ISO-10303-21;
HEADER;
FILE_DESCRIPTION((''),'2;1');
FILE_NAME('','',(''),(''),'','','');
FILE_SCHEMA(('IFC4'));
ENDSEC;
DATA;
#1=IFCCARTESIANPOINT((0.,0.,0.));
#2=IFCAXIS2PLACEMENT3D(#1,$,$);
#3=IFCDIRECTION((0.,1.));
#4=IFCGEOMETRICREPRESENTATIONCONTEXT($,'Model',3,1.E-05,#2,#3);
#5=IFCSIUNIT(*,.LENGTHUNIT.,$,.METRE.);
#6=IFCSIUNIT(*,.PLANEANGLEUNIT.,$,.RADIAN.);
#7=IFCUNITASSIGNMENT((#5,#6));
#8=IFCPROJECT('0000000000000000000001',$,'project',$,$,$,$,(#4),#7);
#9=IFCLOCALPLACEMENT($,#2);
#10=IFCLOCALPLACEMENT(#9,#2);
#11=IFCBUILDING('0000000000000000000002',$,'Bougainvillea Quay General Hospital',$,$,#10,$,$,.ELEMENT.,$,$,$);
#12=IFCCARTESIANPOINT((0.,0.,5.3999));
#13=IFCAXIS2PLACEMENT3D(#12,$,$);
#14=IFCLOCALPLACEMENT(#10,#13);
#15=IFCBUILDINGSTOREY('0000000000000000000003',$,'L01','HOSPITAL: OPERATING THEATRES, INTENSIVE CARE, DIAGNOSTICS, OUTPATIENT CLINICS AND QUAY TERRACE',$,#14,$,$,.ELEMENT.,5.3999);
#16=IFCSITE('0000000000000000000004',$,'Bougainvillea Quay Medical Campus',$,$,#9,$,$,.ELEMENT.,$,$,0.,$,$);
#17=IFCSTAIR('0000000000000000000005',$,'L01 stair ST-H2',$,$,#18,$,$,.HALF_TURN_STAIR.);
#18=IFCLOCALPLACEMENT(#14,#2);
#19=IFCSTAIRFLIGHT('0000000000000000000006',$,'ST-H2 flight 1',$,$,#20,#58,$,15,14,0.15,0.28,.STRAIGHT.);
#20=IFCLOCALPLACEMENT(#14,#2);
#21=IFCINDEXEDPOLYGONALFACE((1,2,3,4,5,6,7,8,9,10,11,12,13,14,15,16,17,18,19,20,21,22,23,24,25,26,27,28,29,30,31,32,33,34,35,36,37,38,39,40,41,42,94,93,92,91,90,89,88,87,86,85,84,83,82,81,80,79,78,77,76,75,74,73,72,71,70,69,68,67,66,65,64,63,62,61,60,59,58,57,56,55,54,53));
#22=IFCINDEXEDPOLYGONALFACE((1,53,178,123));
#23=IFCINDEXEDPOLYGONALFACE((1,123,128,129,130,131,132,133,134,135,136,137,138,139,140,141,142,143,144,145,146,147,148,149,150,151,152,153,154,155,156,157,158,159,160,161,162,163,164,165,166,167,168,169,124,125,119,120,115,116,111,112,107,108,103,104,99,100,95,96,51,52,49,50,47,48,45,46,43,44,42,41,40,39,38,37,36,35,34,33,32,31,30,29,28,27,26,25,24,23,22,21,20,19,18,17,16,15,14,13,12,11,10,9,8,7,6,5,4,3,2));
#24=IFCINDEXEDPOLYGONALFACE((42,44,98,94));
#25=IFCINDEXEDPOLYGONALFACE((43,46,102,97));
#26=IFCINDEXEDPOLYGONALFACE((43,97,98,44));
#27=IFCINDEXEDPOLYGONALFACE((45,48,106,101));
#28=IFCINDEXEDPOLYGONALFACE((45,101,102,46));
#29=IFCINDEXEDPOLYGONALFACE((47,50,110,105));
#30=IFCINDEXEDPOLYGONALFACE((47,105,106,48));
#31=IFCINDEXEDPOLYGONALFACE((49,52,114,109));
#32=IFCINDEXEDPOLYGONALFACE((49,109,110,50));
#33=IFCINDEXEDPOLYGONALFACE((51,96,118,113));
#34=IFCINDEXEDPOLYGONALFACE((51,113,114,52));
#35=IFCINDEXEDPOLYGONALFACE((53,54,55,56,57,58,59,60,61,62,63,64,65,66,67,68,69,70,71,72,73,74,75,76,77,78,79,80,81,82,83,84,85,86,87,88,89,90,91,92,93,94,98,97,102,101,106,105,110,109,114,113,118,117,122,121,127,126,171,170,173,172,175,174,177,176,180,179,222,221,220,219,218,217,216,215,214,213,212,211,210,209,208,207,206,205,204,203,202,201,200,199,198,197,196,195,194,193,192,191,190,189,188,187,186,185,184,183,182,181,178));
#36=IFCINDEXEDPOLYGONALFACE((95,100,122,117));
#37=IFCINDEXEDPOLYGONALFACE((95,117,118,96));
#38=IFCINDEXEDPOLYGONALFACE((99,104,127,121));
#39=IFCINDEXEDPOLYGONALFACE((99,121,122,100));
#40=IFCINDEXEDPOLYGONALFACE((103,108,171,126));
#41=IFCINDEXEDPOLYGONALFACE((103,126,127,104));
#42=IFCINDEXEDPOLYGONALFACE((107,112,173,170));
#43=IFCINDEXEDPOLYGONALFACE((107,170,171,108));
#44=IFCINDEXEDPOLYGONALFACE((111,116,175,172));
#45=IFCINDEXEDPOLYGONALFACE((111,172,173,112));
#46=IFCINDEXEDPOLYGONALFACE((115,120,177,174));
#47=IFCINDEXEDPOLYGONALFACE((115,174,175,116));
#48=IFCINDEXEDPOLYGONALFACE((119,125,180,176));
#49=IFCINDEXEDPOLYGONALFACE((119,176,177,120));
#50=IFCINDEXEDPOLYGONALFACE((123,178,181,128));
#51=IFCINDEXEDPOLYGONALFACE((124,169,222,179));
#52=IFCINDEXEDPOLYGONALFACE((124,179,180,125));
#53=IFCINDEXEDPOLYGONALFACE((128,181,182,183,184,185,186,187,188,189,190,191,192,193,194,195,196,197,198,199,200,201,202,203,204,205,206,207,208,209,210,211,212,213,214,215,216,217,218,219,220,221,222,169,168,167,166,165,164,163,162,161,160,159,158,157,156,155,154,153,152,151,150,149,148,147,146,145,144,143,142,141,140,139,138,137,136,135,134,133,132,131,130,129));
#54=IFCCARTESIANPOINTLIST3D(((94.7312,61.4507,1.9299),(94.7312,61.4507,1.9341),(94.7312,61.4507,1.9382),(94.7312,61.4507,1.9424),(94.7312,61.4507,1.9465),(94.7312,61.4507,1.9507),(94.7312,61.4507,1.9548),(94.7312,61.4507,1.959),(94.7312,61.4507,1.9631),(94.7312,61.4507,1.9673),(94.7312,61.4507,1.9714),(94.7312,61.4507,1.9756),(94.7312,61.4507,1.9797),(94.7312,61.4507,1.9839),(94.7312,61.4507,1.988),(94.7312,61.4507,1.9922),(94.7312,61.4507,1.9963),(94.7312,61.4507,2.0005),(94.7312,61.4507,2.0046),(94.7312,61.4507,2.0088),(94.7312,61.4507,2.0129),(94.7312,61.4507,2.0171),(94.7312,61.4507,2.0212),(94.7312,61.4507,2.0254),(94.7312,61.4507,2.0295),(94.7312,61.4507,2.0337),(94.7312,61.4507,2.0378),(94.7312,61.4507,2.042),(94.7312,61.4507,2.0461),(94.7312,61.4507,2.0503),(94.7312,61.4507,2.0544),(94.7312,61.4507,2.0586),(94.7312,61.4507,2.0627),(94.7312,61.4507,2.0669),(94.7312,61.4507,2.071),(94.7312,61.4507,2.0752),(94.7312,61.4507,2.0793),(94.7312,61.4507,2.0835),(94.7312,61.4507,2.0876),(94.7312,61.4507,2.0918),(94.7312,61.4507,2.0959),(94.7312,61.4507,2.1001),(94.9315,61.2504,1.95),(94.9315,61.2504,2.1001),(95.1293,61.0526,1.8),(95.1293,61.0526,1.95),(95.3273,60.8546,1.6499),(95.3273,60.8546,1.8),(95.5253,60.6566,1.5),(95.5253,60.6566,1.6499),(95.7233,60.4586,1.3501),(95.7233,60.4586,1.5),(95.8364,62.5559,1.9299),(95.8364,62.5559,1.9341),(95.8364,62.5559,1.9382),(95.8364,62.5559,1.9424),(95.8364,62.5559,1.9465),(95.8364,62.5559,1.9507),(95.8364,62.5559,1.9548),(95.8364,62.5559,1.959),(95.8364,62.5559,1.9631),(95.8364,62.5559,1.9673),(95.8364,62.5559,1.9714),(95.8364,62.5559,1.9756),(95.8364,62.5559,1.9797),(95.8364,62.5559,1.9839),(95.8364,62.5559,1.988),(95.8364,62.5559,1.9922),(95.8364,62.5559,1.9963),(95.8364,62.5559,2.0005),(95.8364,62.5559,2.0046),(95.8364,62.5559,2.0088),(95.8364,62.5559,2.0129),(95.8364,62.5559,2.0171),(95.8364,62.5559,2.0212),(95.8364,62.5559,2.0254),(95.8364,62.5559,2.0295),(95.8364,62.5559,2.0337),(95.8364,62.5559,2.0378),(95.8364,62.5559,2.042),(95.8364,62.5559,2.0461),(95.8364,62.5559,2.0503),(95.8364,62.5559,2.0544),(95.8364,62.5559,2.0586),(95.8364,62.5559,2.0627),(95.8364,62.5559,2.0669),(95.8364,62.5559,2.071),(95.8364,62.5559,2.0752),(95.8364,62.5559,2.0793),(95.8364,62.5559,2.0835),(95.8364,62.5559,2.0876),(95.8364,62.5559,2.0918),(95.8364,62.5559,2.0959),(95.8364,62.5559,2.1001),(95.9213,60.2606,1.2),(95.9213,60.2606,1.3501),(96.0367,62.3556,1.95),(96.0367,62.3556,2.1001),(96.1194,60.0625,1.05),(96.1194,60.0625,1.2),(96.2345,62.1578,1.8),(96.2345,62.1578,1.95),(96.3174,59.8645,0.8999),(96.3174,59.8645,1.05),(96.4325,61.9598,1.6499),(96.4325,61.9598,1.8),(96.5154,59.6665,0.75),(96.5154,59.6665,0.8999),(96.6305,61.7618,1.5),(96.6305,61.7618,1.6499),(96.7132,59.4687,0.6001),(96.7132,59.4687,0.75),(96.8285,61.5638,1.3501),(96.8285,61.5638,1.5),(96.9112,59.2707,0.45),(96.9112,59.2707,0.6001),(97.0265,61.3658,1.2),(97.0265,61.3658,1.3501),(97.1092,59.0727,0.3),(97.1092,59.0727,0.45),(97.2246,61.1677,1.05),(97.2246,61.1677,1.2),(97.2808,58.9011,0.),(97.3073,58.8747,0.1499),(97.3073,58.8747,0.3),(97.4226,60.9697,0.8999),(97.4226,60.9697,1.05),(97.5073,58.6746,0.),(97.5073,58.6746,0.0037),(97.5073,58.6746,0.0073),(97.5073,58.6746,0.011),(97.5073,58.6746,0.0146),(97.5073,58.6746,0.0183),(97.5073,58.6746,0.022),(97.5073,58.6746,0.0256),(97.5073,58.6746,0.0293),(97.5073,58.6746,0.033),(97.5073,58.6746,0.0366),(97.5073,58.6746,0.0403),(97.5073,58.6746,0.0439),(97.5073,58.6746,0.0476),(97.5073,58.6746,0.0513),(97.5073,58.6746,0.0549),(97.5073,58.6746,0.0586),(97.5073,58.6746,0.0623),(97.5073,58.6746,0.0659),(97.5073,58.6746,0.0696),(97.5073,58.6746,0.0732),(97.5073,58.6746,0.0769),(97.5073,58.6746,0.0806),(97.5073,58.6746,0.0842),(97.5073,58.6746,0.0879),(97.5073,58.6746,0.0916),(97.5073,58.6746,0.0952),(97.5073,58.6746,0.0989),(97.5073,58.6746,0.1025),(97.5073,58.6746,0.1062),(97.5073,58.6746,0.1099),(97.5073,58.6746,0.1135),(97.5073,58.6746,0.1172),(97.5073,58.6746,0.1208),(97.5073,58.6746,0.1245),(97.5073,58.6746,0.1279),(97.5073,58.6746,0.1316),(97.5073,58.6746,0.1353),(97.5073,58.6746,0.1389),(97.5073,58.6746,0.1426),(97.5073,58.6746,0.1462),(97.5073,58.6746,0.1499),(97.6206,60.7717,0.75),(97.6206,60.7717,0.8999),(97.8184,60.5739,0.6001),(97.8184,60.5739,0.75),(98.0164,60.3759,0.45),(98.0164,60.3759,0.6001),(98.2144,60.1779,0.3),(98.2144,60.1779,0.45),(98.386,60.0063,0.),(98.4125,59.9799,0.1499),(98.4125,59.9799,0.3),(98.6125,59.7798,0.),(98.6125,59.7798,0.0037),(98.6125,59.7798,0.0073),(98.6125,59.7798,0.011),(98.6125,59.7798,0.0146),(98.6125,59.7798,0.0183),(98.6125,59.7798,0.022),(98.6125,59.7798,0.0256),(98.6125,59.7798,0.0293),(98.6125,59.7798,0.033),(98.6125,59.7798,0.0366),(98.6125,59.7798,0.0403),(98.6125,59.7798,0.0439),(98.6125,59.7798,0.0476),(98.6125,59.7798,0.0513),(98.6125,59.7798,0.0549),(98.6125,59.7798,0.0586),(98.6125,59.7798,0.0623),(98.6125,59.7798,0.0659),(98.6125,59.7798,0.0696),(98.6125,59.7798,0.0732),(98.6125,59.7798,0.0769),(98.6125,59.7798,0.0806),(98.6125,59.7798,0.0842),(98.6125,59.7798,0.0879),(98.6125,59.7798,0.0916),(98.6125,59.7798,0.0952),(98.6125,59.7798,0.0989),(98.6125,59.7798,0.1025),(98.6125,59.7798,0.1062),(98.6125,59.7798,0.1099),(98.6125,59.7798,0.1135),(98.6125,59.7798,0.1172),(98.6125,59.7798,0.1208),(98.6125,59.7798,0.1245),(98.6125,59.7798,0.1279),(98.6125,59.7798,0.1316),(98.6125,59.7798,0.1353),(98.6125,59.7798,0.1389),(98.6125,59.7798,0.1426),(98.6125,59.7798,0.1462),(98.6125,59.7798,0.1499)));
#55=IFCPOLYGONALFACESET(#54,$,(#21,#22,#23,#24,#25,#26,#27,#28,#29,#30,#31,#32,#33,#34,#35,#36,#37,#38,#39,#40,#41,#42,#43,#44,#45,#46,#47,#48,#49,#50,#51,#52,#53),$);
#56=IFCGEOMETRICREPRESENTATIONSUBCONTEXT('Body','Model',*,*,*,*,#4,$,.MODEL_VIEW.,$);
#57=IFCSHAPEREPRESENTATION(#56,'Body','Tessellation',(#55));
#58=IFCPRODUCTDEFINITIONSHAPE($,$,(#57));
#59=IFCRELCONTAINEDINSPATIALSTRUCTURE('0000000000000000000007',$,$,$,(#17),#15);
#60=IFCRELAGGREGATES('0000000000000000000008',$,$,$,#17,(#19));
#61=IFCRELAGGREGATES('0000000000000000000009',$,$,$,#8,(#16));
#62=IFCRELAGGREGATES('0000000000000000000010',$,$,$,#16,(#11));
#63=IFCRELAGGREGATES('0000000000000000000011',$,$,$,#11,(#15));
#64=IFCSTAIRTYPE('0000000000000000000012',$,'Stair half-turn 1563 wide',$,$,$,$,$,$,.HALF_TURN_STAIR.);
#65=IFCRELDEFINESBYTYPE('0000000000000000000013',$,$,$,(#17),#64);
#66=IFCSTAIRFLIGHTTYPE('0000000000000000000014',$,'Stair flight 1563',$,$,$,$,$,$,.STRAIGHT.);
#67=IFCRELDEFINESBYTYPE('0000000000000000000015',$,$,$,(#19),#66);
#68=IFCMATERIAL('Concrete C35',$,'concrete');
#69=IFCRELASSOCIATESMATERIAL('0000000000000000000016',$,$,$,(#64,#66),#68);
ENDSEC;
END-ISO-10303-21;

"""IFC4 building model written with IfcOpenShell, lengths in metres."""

from ifc_helpers import new_model, si_unit, direction, frame, origin, place, context, subcontext, project, spatial, polyline, outline, extrude, material, type_object, element, aggregate, save


model = new_model("IFC4")

# Units and contexts
model_context = context("Model", 3, precision=1e-05, world=origin(), true_north=direction((0.0, 1.0)))
body_context = subcontext(model_context, "Body", "Model", "MODEL_VIEW")
ifc_project = project(units=[si_unit("LENGTHUNIT", "METRE"), si_unit("PLANEANGLEUNIT", "RADIAN")], contexts=[model_context])

# Site, building, storey
site_placement = place(None, origin())
site = spatial("IfcSite", under=ifc_project, at=site_placement, Name="Bougainvillea Quay Medical Campus", CompositionType="ELEMENT", RefElevation=0.0)
building_placement = place(site_placement, origin())
building = spatial("IfcBuilding", under=site, at=building_placement, Name="Bougainvillea Quay General Hospital", CompositionType="ELEMENT")
storey_placement = place(building_placement, frame((0.0, 0.0, 5.3999)))
storey = spatial("IfcBuildingStorey", under=building, at=storey_placement, Name="L01", Description="HOSPITAL: OPERATING THEATRES, INTENSIVE CARE, DIAGNOSTICS, OUTPATIENT CLINICS AND QUAY TERRACE", CompositionType="ELEMENT", Elevation=5.3999)

# Stair, stair flight
ifc_material_1 = material(Name="Concrete C35", Category="concrete")
stair_type = type_object("IfcStairType", Name="Stair half-turn 1563 wide", PredefinedType="HALF_TURN_STAIR", material=ifc_material_1)
stair_placement = place(storey_placement, origin())
stair = element("IfcStair", 1, at=stair_placement, inside=storey, type_object=stair_type, Name="L01 stair ST-H2", PredefinedType="HALF_TURN_STAIR")
stair_flight_type = type_object("IfcStairFlightType", Name="Stair flight 1563", PredefinedType="STRAIGHT", material=ifc_material_1)
stair_flight_placement = place(storey_placement, frame((98.0579, 59.2292, 0.0), z_axis=(0.0, 0.0, 1.0), x_axis=(-0.707107, 0.707107, 0.0)))
stair_flight = element("IfcStairFlight", 2, at=stair_flight_placement, type_object=stair_flight_type, Name="ST-H2 flight 1", NumberOfRisers=15, NumberOfTreads=14, PredefinedType="STRAIGHT", RiserHeight=0.15, TreadLength=0.28, context=body_context, shape_type="SweptSolid", body=[
    extrude(outline(polyline([(-0.0029, 0.0), (-0.0029, 0.0037), (-0.0029, 0.0073), (-0.0029, 0.011), (-0.0029, 0.0146), (-0.0029, 0.0183), (-0.0029, 0.022), (-0.0029, 0.0256), (-0.0029, 0.0293), (-0.0029, 0.033), (-0.0029, 0.0366), (-0.0029, 0.0403), (-0.0029, 0.0439), (-0.0029, 0.0476), (-0.0029, 0.0513), (-0.0029, 0.0549), (-0.0029, 0.0586), (-0.0029, 0.0623), (-0.0029, 0.0659), (-0.0029, 0.0696), (-0.0029, 0.0732), (-0.0029, 0.0769), (-0.0029, 0.0806), (-0.0029, 0.0842), (-0.0029, 0.0879), (-0.0029, 0.0916), (-0.0029, 0.0952), (-0.0029, 0.0989), (-0.0029, 0.1025), (-0.0029, 0.1062), (-0.0029, 0.1099), (-0.0029, 0.1135), (-0.0029, 0.1172), (-0.0029, 0.1208), (-0.0029, 0.1245), (-0.0029, 0.1279), (-0.0029, 0.1316), (-0.0029, 0.1353), (-0.0029, 0.1389), (-0.0029, 0.1426), (-0.0029, 0.1462), (-0.0029, 0.1499), (0.28, 0.1499), (0.28, 0.3), (0.5601, 0.3), (0.5601, 0.45), (0.8401, 0.45), (0.8401, 0.6001), (1.1201, 0.6001), (1.1201, 0.75), (1.3999, 0.75), (1.3999, 0.8999), (1.6799, 0.8999), (1.6799, 1.05), (1.96, 1.05), (1.96, 1.2), (2.24, 1.2), (2.24, 1.3501), (2.52, 1.3501), (2.52, 1.5), (2.8, 1.5), (2.8, 1.6499), (3.0801, 1.6499), (3.0801, 1.8), (3.3601, 1.8), (3.3601, 1.95), (3.6399, 1.95), (3.6399, 2.1001), (3.9231, 2.1001), (3.9231, 2.0959), (3.9231, 2.0918), (3.9231, 2.0876), (3.9231, 2.0835), (3.9231, 2.0793), (3.9231, 2.0752), (3.9231, 2.071), (3.9231, 2.0669), (3.9231, 2.0627), (3.9231, 2.0586), (3.9231, 2.0544), (3.9231, 2.0503), (3.9231, 2.0461), (3.9231, 2.042), (3.9231, 2.0378), (3.9231, 2.0337), (3.9231, 2.0295), (3.9231, 2.0254), (3.9231, 2.0212), (3.9231, 2.0171), (3.9231, 2.0129), (3.9231, 2.0088), (3.9231, 2.0046), (3.9231, 2.0005), (3.9231, 1.9963), (3.9231, 1.9922), (3.9231, 1.988), (3.9231, 1.9839), (3.9231, 1.9797), (3.9231, 1.9756), (3.9231, 1.9714), (3.9231, 1.9673), (3.9231, 1.9631), (3.9231, 1.959), (3.9231, 1.9548), (3.9231, 1.9507), (3.9231, 1.9465), (3.9231, 1.9424), (3.9231, 1.9382), (3.9231, 1.9341), (3.9231, 1.9299), (0.3174, 0.0), (-0.0029, 0.0)])), frame((0.0, 0.7815, 0.0), z_axis=(0.0, -1.0, 0.0), x_axis=(1.0, 0.0, 0.0)), (0.0, 0.0, 1.0), 1.563),
])
aggregate(stair, [stair_flight])

save(model, "model.ifc")
